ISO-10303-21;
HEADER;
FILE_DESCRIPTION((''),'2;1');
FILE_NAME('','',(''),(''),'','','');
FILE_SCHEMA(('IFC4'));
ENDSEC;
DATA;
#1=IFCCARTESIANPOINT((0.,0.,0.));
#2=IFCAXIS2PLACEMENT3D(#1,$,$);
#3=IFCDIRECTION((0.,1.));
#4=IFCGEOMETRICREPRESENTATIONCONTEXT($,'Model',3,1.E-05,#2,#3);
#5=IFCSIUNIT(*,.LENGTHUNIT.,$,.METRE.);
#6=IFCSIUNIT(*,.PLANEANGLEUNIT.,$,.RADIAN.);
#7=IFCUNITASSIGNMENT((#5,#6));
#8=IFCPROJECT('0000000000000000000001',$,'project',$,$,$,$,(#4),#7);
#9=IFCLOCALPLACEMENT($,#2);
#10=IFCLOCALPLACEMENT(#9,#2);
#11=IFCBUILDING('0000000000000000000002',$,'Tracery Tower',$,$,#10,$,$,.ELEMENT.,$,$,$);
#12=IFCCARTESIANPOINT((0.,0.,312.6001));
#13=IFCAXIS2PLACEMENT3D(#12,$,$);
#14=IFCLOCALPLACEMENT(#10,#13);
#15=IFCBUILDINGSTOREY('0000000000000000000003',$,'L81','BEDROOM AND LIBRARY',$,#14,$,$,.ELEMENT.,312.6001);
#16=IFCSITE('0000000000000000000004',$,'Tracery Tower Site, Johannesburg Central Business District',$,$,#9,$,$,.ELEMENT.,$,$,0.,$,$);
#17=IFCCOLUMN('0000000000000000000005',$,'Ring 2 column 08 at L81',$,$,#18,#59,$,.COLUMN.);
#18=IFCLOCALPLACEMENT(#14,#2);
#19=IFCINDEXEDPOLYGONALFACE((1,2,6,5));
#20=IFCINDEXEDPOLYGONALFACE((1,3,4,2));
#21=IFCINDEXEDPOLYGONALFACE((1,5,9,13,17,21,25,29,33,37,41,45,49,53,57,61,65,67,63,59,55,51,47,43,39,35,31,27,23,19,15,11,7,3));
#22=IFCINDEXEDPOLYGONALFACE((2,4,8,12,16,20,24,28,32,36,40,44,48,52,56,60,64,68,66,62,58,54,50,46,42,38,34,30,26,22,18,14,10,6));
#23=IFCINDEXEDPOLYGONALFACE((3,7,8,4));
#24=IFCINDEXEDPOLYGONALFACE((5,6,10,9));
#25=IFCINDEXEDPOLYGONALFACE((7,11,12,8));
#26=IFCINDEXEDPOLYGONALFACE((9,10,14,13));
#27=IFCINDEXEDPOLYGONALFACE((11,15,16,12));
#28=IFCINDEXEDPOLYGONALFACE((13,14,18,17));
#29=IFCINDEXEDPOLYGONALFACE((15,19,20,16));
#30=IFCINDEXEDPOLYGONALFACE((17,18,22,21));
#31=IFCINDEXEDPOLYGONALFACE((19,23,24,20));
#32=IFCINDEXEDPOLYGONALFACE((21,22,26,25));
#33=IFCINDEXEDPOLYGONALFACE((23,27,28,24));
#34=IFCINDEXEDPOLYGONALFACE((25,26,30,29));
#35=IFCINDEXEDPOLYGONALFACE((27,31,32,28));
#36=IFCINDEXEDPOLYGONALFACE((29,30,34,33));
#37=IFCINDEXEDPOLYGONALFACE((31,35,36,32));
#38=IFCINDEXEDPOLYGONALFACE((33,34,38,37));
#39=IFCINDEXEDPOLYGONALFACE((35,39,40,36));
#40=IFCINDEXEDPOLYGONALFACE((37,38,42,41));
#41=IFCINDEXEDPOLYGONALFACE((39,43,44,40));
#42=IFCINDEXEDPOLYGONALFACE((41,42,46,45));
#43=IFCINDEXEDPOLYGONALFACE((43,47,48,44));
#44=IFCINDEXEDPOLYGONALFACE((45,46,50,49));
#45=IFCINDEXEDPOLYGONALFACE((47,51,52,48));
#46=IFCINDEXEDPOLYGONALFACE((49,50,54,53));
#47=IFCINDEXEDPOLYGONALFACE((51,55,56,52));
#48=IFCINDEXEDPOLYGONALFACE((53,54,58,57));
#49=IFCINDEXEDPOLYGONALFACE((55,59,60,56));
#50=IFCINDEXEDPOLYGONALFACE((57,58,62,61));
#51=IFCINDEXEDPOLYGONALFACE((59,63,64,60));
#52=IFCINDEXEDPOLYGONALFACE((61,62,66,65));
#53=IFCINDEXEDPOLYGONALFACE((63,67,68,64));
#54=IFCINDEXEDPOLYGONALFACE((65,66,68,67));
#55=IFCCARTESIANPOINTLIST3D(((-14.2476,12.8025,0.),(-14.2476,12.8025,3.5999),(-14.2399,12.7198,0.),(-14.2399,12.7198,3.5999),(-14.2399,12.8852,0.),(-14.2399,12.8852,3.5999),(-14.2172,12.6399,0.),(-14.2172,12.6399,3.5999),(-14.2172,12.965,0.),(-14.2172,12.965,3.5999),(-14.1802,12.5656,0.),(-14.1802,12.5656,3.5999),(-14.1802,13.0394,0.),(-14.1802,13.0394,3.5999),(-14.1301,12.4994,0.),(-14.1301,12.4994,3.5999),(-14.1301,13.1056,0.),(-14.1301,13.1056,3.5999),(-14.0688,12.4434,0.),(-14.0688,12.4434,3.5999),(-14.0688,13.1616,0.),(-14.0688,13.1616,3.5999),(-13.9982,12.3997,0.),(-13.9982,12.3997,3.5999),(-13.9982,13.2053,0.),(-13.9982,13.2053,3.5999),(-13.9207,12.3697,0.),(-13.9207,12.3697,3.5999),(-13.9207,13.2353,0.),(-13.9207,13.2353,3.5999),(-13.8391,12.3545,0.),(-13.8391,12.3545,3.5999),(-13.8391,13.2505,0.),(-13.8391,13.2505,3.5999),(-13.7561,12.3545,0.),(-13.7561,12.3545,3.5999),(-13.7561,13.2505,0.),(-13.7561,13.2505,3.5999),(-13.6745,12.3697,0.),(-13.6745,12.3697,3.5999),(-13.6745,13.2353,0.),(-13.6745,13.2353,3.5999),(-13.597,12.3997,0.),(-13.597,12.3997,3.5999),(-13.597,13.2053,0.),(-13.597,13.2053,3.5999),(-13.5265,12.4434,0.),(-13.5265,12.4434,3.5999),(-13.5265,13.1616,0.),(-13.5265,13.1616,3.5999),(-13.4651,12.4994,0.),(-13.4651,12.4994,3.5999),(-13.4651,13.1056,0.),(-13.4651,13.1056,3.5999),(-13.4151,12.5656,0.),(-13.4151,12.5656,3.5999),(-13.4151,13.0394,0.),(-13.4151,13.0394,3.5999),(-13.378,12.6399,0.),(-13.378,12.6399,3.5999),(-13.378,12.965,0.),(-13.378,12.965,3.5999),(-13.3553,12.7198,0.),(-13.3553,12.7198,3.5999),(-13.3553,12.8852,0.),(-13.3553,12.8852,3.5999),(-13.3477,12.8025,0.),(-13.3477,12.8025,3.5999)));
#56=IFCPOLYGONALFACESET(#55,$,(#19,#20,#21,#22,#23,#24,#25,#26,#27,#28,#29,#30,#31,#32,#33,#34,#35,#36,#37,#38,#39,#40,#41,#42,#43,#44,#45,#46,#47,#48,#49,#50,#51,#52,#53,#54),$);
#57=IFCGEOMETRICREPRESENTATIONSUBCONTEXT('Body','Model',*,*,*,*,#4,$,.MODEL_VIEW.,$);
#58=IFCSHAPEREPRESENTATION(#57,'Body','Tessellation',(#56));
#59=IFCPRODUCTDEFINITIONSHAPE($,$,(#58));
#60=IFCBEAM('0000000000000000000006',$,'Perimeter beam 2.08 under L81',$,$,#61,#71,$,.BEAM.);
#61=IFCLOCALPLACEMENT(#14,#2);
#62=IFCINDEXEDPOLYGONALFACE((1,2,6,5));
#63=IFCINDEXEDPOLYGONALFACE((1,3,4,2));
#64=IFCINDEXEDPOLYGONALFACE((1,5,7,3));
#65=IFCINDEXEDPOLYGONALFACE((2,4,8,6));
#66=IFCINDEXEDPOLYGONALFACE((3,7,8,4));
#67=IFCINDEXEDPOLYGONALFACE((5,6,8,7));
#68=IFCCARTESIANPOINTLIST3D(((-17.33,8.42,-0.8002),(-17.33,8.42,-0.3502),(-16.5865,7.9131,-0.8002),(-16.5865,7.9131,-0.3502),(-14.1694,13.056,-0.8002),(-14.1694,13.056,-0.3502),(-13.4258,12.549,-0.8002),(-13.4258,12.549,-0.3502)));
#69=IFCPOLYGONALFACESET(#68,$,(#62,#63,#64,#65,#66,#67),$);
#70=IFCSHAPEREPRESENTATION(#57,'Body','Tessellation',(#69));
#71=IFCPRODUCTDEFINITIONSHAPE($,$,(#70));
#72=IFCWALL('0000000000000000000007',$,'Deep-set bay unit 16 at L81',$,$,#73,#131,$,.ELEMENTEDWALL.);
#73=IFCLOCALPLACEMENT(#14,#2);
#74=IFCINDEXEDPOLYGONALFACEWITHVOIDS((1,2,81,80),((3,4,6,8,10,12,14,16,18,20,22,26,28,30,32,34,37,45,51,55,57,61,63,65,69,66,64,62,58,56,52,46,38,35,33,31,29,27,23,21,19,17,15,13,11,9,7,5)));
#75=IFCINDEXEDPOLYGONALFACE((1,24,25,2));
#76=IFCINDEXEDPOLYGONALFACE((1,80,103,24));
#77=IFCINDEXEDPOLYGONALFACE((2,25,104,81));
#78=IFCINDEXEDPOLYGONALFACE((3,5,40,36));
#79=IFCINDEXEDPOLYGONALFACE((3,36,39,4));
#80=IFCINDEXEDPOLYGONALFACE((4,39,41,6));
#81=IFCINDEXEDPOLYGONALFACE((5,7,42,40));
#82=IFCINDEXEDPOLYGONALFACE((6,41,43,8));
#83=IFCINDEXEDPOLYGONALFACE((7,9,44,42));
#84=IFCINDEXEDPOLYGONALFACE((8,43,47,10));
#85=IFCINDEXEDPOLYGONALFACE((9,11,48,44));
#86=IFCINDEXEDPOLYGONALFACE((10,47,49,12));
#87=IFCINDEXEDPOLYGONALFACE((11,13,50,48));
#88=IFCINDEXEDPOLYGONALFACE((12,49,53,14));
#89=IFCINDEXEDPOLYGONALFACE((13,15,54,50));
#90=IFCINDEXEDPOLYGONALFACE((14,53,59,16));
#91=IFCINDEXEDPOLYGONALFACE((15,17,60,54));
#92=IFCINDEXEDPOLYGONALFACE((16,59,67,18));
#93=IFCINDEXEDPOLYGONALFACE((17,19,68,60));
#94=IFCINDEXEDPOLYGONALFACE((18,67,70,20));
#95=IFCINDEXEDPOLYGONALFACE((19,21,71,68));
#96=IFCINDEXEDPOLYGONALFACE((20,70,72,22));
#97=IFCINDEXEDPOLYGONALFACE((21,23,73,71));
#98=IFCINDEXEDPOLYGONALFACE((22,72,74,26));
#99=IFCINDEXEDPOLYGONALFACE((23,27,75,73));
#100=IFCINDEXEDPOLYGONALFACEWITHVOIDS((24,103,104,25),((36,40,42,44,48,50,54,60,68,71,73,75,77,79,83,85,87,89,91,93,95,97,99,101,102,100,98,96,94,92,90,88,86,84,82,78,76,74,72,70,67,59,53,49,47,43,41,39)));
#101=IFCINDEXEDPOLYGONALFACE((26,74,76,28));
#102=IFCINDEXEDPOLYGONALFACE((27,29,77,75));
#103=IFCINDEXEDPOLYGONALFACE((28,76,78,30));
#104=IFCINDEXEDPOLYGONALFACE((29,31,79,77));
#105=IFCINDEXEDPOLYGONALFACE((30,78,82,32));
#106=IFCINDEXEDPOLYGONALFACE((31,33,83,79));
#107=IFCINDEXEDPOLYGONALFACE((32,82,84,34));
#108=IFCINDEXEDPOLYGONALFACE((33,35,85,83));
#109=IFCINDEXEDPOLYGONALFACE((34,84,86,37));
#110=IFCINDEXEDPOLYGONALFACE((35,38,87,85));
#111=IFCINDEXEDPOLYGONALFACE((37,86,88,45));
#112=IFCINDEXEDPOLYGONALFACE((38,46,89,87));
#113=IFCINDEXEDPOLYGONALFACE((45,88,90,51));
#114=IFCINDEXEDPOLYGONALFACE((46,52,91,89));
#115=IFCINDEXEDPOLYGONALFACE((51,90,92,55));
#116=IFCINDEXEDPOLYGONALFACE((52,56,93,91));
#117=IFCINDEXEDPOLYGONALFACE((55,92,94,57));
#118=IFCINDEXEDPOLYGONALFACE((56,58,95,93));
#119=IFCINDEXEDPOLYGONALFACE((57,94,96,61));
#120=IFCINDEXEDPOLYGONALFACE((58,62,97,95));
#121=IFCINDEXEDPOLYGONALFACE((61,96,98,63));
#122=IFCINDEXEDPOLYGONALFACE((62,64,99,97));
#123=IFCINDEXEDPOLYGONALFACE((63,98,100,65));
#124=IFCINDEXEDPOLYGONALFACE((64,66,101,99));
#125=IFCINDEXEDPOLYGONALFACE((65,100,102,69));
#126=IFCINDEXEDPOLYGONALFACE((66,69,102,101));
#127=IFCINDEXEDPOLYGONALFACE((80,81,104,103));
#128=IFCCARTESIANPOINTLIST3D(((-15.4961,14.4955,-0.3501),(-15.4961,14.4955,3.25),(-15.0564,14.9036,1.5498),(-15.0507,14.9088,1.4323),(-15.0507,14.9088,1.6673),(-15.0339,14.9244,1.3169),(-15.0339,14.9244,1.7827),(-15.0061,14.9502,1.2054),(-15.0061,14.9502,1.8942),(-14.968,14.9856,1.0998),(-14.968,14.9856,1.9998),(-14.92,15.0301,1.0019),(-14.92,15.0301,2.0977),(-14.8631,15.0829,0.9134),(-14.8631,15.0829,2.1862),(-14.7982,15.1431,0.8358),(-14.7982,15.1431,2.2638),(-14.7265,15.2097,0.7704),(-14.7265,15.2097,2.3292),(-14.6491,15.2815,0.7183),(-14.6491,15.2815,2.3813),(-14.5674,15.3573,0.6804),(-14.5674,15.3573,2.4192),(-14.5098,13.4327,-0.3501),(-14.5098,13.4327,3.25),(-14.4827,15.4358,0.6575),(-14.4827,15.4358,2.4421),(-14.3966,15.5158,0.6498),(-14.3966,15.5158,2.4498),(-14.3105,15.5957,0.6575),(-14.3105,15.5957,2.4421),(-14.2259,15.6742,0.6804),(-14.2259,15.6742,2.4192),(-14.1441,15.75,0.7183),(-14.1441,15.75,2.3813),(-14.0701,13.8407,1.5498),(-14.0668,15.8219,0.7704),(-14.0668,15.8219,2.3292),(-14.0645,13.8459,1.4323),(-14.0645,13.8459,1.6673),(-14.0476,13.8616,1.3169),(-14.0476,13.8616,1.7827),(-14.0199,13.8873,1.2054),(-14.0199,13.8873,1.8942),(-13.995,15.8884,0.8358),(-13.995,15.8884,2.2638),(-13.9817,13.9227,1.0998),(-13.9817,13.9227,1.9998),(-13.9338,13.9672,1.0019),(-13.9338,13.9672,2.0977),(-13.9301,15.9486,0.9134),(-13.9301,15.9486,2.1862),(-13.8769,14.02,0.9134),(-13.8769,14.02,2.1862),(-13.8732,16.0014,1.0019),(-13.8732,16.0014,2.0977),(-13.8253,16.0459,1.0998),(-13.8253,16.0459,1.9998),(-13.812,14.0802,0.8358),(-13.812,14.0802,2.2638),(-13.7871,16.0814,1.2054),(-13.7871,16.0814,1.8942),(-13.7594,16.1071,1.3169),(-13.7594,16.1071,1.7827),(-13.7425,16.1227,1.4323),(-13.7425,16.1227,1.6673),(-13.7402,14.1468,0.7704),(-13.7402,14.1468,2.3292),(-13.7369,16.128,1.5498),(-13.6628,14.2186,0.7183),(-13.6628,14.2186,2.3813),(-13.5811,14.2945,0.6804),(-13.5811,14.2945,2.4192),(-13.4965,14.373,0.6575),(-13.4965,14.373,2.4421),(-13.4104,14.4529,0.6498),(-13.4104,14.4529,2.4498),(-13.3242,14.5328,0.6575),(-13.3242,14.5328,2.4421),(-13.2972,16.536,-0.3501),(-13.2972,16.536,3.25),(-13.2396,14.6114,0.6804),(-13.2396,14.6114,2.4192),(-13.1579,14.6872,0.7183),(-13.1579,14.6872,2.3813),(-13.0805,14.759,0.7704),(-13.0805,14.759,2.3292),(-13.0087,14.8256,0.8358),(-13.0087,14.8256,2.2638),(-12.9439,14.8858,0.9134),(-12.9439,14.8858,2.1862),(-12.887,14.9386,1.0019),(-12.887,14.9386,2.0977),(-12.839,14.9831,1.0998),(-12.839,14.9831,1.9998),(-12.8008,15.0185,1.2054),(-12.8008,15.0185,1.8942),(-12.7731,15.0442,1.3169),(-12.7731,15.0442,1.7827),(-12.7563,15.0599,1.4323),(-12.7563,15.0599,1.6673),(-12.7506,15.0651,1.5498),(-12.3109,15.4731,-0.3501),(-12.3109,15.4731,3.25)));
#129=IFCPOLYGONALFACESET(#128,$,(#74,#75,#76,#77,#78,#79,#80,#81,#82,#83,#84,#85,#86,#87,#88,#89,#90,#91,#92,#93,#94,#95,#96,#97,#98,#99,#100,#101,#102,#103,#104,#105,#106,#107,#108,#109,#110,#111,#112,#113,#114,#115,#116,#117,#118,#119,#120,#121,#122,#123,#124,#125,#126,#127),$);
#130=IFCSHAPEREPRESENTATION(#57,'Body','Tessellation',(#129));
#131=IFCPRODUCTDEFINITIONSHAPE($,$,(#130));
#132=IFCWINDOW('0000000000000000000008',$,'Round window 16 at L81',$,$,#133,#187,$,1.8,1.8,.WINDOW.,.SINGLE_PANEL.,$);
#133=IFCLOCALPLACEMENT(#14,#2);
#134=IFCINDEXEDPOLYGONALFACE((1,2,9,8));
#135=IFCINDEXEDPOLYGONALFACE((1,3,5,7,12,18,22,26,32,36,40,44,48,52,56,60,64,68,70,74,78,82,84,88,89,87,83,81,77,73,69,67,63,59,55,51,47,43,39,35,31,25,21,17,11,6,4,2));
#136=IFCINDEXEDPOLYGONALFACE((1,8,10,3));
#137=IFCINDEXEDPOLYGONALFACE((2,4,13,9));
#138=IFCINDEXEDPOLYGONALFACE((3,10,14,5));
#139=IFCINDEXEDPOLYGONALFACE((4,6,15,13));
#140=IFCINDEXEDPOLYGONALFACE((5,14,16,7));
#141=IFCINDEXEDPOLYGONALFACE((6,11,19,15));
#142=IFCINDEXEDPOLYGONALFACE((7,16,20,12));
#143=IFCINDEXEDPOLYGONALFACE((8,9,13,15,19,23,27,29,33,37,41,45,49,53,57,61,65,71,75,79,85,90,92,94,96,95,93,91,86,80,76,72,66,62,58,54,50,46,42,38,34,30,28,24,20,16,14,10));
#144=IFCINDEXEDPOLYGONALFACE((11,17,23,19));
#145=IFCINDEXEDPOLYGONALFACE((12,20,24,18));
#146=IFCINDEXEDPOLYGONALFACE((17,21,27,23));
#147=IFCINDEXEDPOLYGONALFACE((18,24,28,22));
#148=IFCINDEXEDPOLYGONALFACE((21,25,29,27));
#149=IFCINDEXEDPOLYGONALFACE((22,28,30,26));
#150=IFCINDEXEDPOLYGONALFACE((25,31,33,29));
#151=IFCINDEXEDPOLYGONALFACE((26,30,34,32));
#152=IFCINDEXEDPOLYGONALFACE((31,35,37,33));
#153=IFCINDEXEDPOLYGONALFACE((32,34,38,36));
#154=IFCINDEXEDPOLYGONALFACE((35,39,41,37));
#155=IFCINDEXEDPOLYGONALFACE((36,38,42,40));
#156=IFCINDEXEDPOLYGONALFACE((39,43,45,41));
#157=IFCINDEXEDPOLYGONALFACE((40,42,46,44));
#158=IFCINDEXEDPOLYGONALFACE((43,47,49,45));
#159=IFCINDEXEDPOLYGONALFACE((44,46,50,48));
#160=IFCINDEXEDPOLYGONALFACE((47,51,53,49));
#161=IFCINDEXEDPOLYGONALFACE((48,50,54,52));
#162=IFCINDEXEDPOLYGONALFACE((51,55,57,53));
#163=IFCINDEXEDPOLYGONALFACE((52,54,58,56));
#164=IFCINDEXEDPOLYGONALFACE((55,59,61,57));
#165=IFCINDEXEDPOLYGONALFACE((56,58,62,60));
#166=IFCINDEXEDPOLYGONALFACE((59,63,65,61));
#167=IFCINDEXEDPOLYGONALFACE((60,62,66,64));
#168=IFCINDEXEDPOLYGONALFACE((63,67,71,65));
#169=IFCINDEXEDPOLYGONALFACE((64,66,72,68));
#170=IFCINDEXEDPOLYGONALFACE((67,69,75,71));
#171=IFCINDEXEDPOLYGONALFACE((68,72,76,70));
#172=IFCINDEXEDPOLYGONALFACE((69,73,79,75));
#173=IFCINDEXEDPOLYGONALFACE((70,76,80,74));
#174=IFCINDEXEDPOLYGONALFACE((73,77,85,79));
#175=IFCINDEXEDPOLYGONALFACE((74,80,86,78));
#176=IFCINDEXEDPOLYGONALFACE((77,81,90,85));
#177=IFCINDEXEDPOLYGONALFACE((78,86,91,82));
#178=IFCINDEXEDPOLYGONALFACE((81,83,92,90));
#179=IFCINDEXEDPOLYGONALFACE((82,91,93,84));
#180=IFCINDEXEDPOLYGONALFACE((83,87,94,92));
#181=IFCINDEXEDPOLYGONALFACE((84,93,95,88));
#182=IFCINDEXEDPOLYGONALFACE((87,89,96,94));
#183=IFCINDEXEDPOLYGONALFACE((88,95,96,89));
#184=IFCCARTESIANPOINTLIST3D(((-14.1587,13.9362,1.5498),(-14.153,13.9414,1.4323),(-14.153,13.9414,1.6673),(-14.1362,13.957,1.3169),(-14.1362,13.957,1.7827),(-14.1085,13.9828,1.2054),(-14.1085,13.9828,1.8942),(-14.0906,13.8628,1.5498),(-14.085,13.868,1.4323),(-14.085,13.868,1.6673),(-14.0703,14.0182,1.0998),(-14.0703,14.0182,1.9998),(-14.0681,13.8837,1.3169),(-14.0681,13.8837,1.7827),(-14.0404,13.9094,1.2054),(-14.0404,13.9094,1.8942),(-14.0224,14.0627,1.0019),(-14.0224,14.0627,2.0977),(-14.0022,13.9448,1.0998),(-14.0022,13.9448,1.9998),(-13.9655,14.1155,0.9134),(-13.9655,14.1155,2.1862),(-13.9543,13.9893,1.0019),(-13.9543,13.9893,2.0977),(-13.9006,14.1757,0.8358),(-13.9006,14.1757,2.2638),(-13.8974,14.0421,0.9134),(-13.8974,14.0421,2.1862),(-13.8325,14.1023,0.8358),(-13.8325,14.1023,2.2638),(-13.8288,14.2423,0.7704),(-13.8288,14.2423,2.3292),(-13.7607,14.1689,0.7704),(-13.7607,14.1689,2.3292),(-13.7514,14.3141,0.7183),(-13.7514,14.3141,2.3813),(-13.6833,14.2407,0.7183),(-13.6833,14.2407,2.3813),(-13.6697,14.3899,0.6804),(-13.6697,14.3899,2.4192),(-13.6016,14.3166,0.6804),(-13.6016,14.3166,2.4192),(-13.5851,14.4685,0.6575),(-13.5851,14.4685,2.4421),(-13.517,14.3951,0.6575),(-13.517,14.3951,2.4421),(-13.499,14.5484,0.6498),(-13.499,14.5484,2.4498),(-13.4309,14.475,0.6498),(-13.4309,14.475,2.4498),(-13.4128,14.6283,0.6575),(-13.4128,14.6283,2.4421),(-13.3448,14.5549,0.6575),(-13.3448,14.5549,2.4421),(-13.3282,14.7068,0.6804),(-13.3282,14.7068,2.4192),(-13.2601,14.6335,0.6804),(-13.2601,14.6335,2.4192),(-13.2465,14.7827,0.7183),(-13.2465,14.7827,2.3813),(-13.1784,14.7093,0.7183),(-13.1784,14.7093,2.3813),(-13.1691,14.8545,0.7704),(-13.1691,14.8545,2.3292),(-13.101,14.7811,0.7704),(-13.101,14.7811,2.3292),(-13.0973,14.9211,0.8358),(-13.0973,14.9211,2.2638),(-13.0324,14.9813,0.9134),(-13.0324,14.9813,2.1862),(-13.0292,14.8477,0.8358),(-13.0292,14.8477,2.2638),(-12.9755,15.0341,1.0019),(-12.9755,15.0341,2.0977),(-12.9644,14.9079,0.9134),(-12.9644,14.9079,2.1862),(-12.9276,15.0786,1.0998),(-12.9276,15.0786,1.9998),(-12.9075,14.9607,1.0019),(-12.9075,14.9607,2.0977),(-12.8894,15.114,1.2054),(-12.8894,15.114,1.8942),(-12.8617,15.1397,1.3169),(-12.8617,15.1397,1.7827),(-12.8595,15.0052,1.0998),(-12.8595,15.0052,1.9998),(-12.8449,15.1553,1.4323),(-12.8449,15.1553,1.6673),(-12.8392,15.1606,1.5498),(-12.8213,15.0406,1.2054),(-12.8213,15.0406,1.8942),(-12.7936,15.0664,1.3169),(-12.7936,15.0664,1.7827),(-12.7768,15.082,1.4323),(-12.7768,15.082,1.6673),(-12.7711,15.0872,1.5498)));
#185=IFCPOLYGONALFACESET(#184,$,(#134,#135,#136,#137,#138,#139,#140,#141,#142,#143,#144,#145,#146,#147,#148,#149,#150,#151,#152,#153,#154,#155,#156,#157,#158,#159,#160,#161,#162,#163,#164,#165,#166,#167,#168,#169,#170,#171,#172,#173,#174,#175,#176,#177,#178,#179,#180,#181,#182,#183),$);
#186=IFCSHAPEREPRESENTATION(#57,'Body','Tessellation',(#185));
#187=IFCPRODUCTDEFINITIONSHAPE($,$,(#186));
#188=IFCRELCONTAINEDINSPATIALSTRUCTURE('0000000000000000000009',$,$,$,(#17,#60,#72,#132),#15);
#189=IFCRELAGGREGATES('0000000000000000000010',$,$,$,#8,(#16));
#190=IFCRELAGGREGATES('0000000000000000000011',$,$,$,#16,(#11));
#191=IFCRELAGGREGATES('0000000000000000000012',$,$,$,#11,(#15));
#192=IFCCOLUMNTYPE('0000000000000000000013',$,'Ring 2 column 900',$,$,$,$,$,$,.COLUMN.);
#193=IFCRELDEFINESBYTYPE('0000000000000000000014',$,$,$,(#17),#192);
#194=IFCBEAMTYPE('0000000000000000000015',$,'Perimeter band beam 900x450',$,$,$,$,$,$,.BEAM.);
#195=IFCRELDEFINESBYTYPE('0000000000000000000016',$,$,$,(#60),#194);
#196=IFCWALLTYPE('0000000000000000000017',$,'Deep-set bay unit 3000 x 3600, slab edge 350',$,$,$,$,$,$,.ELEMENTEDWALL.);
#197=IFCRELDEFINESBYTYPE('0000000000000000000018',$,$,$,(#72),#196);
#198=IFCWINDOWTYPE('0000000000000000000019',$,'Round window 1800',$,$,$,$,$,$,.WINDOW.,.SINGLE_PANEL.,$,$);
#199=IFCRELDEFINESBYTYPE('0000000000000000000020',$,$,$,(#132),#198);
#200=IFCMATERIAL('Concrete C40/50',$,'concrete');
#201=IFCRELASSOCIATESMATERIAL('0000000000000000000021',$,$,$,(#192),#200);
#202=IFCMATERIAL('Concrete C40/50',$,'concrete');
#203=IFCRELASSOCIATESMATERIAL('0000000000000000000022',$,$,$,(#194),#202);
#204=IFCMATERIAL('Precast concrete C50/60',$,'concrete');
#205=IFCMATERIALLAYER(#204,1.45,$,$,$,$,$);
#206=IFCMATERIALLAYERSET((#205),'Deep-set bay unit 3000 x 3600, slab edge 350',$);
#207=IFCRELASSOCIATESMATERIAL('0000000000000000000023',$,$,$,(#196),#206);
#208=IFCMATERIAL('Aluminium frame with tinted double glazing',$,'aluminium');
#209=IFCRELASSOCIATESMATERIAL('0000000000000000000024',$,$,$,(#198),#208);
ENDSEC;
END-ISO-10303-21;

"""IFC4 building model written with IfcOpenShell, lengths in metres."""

from ifc_helpers import new_model, si_unit, direction, frame, frame_2d, origin, origin_2d, place, context, subcontext, project, spatial, rectangle, circle, extrude, material, layer, layer_set, material_profile, profile_set, type_object, element, fill, save


model = new_model("IFC4")

# Units and contexts
model_context = context("Model", 3, precision=1e-05, world=origin(), true_north=direction((0.0, 1.0)))
body_context = subcontext(model_context, "Body", "Model", "MODEL_VIEW")
ifc_project = project(units=[si_unit("LENGTHUNIT", "METRE"), si_unit("PLANEANGLEUNIT", "RADIAN")], contexts=[model_context])

# Site, building, storey
site_placement = place(None, origin())
site = spatial("IfcSite", under=ifc_project, at=site_placement, Name="Tracery Tower Site, Johannesburg Central Business District", CompositionType="ELEMENT", RefElevation=0.0)
building_placement = place(site_placement, origin())
building = spatial("IfcBuilding", under=site, at=building_placement, Name="Tracery Tower", CompositionType="ELEMENT")
storey_placement = place(building_placement, frame((0.0, 0.0, 312.6001)))
storey = spatial("IfcBuildingStorey", under=building, at=storey_placement, Name="L81", Description="BEDROOM AND LIBRARY", CompositionType="ELEMENT", Elevation=312.6001)

# Column
ifc_material_1 = material(Name="Concrete C40/50", Category="concrete")
ifc_material_profile_1 = material_profile(ifc_material_1, circle(Radius=0.45, at=origin_2d()), Name="RC D900")
ifc_profile_set_1 = profile_set([ifc_material_profile_1], Name="Concrete C40/50")
column_type = type_object("IfcColumnType", Name="Ring 2 column 900", PredefinedType="COLUMN", material=ifc_profile_set_1)
column_placement = place(storey_placement, frame((-13.7976, 12.8025, 0.0), z_axis=(0.0, 0.0, 1.0), x_axis=(1.0, 0.0, 0.0)))
element("IfcColumn", 1, at=column_placement, inside=storey, type_object=column_type, Name="Ring 2 column 08 at L81", PredefinedType="COLUMN", context=body_context, shape_type="SweptSolid", body=[
    extrude(circle(Radius=0.45, at=origin_2d()), origin(), (0.0, 0.0, 1.0), 3.5999),
])

# Beam
ifc_material_2 = material(Name="Concrete C40/50", Category="concrete")
ifc_material_profile_2 = material_profile(ifc_material_2, rectangle(XDim=0.8999, YDim=0.45, at=origin_2d()), Name="RC 900x450")
ifc_profile_set_2 = profile_set([ifc_material_profile_2], Name="Concrete C40/50")
beam_type = type_object("IfcBeamType", Name="Perimeter band beam 900x450", PredefinedType="BEAM", material=ifc_profile_set_2)
beam_placement = place(storey_placement, frame((-13.7976, 12.8025, -0.5752), z_axis=(-0.563306, -0.826249, 0.0), x_axis=(0.826249, -0.563306, 0.0)))
element("IfcBeam", 2, at=beam_placement, inside=storey, type_object=beam_type, Name="Perimeter beam 2.08 under L81", PredefinedType="BEAM", context=body_context, shape_type="SweptSolid", body=[
    extrude(rectangle(XDim=0.8999, YDim=0.45, at=origin_2d()), origin(), (0.0, 0.0, 1.0), 5.6108),
])

# Wall, opening, window
ifc_material_3 = material(Name="Precast concrete C50/60", Category="concrete")
ifc_layer_1 = layer(ifc_material_3, 1.45)
ifc_layer_set_1 = layer_set([ifc_layer_1], Name="Deep-set bay unit 3000 x 3600, slab edge 350")
wall_type_1 = type_object("IfcWallType", Name="Deep-set bay unit 3000 x 3600, slab edge 350", PredefinedType="ELEMENTEDWALL", material=ifc_layer_set_1)
wall_1_placement = place(storey_placement, frame((-12.804, 16.0046, -0.3501), z_axis=(0.0, 0.0, 1.0), x_axis=(-0.733022, -0.680204, 0.0)))
wall_1 = element("IfcWall", 3, at=wall_1_placement, inside=storey, type_object=wall_type_1, Name="Deep-set bay unit 16 at L81", PredefinedType="ELEMENTEDWALL", context=body_context, shape_type="SweptSolid", body=[
    extrude(rectangle(XDim=2.9998, YDim=1.45, at=frame_2d((1.5, 0.0))), origin(), (0.0, 0.0, 1.0), 3.6001),
])
opening_1_placement = place(wall_1_placement, frame((1.5, 0.0, 1.8999)))
opening_1 = element("IfcOpeningElement", 4, at=opening_1_placement, cuts=wall_1, PredefinedType="OPENING", context=body_context, shape_type="SweptSolid", body=[
    extrude(circle(Radius=0.9, at=origin_2d()), frame((0.0, 0.7349, 0.0), z_axis=(0.0, -1.0, 0.0), x_axis=(1.0, 0.0, 0.0)), (0.0, 0.0, 1.0), 1.47),
])
ifc_material_4 = material(Name="Aluminium frame with tinted double glazing", Category="aluminium")
window_type = type_object("IfcWindowType", Name="Round window 1800", PartitioningType="SINGLE_PANEL", PredefinedType="WINDOW", material=ifc_material_4)
window_1_placement = place(opening_1_placement, origin())
window_1 = element("IfcWindow", 5, at=window_1_placement, inside=storey, type_object=window_type, Name="Round window 16 at L81", OverallHeight=1.8, OverallWidth=1.8, PartitioningType="SINGLE_PANEL", PredefinedType="WINDOW", context=body_context, shape_type="SweptSolid", body=[
    extrude(circle(Radius=0.9, at=origin_2d()), frame((0.0, 0.6948, 0.0), z_axis=(0.0, -1.0, 0.0), x_axis=(1.0, 0.0, 0.0)), (0.0, 0.0, 1.0), 0.1001),
])
fill(opening_1, window_1)

save(model, "model.ifc")
